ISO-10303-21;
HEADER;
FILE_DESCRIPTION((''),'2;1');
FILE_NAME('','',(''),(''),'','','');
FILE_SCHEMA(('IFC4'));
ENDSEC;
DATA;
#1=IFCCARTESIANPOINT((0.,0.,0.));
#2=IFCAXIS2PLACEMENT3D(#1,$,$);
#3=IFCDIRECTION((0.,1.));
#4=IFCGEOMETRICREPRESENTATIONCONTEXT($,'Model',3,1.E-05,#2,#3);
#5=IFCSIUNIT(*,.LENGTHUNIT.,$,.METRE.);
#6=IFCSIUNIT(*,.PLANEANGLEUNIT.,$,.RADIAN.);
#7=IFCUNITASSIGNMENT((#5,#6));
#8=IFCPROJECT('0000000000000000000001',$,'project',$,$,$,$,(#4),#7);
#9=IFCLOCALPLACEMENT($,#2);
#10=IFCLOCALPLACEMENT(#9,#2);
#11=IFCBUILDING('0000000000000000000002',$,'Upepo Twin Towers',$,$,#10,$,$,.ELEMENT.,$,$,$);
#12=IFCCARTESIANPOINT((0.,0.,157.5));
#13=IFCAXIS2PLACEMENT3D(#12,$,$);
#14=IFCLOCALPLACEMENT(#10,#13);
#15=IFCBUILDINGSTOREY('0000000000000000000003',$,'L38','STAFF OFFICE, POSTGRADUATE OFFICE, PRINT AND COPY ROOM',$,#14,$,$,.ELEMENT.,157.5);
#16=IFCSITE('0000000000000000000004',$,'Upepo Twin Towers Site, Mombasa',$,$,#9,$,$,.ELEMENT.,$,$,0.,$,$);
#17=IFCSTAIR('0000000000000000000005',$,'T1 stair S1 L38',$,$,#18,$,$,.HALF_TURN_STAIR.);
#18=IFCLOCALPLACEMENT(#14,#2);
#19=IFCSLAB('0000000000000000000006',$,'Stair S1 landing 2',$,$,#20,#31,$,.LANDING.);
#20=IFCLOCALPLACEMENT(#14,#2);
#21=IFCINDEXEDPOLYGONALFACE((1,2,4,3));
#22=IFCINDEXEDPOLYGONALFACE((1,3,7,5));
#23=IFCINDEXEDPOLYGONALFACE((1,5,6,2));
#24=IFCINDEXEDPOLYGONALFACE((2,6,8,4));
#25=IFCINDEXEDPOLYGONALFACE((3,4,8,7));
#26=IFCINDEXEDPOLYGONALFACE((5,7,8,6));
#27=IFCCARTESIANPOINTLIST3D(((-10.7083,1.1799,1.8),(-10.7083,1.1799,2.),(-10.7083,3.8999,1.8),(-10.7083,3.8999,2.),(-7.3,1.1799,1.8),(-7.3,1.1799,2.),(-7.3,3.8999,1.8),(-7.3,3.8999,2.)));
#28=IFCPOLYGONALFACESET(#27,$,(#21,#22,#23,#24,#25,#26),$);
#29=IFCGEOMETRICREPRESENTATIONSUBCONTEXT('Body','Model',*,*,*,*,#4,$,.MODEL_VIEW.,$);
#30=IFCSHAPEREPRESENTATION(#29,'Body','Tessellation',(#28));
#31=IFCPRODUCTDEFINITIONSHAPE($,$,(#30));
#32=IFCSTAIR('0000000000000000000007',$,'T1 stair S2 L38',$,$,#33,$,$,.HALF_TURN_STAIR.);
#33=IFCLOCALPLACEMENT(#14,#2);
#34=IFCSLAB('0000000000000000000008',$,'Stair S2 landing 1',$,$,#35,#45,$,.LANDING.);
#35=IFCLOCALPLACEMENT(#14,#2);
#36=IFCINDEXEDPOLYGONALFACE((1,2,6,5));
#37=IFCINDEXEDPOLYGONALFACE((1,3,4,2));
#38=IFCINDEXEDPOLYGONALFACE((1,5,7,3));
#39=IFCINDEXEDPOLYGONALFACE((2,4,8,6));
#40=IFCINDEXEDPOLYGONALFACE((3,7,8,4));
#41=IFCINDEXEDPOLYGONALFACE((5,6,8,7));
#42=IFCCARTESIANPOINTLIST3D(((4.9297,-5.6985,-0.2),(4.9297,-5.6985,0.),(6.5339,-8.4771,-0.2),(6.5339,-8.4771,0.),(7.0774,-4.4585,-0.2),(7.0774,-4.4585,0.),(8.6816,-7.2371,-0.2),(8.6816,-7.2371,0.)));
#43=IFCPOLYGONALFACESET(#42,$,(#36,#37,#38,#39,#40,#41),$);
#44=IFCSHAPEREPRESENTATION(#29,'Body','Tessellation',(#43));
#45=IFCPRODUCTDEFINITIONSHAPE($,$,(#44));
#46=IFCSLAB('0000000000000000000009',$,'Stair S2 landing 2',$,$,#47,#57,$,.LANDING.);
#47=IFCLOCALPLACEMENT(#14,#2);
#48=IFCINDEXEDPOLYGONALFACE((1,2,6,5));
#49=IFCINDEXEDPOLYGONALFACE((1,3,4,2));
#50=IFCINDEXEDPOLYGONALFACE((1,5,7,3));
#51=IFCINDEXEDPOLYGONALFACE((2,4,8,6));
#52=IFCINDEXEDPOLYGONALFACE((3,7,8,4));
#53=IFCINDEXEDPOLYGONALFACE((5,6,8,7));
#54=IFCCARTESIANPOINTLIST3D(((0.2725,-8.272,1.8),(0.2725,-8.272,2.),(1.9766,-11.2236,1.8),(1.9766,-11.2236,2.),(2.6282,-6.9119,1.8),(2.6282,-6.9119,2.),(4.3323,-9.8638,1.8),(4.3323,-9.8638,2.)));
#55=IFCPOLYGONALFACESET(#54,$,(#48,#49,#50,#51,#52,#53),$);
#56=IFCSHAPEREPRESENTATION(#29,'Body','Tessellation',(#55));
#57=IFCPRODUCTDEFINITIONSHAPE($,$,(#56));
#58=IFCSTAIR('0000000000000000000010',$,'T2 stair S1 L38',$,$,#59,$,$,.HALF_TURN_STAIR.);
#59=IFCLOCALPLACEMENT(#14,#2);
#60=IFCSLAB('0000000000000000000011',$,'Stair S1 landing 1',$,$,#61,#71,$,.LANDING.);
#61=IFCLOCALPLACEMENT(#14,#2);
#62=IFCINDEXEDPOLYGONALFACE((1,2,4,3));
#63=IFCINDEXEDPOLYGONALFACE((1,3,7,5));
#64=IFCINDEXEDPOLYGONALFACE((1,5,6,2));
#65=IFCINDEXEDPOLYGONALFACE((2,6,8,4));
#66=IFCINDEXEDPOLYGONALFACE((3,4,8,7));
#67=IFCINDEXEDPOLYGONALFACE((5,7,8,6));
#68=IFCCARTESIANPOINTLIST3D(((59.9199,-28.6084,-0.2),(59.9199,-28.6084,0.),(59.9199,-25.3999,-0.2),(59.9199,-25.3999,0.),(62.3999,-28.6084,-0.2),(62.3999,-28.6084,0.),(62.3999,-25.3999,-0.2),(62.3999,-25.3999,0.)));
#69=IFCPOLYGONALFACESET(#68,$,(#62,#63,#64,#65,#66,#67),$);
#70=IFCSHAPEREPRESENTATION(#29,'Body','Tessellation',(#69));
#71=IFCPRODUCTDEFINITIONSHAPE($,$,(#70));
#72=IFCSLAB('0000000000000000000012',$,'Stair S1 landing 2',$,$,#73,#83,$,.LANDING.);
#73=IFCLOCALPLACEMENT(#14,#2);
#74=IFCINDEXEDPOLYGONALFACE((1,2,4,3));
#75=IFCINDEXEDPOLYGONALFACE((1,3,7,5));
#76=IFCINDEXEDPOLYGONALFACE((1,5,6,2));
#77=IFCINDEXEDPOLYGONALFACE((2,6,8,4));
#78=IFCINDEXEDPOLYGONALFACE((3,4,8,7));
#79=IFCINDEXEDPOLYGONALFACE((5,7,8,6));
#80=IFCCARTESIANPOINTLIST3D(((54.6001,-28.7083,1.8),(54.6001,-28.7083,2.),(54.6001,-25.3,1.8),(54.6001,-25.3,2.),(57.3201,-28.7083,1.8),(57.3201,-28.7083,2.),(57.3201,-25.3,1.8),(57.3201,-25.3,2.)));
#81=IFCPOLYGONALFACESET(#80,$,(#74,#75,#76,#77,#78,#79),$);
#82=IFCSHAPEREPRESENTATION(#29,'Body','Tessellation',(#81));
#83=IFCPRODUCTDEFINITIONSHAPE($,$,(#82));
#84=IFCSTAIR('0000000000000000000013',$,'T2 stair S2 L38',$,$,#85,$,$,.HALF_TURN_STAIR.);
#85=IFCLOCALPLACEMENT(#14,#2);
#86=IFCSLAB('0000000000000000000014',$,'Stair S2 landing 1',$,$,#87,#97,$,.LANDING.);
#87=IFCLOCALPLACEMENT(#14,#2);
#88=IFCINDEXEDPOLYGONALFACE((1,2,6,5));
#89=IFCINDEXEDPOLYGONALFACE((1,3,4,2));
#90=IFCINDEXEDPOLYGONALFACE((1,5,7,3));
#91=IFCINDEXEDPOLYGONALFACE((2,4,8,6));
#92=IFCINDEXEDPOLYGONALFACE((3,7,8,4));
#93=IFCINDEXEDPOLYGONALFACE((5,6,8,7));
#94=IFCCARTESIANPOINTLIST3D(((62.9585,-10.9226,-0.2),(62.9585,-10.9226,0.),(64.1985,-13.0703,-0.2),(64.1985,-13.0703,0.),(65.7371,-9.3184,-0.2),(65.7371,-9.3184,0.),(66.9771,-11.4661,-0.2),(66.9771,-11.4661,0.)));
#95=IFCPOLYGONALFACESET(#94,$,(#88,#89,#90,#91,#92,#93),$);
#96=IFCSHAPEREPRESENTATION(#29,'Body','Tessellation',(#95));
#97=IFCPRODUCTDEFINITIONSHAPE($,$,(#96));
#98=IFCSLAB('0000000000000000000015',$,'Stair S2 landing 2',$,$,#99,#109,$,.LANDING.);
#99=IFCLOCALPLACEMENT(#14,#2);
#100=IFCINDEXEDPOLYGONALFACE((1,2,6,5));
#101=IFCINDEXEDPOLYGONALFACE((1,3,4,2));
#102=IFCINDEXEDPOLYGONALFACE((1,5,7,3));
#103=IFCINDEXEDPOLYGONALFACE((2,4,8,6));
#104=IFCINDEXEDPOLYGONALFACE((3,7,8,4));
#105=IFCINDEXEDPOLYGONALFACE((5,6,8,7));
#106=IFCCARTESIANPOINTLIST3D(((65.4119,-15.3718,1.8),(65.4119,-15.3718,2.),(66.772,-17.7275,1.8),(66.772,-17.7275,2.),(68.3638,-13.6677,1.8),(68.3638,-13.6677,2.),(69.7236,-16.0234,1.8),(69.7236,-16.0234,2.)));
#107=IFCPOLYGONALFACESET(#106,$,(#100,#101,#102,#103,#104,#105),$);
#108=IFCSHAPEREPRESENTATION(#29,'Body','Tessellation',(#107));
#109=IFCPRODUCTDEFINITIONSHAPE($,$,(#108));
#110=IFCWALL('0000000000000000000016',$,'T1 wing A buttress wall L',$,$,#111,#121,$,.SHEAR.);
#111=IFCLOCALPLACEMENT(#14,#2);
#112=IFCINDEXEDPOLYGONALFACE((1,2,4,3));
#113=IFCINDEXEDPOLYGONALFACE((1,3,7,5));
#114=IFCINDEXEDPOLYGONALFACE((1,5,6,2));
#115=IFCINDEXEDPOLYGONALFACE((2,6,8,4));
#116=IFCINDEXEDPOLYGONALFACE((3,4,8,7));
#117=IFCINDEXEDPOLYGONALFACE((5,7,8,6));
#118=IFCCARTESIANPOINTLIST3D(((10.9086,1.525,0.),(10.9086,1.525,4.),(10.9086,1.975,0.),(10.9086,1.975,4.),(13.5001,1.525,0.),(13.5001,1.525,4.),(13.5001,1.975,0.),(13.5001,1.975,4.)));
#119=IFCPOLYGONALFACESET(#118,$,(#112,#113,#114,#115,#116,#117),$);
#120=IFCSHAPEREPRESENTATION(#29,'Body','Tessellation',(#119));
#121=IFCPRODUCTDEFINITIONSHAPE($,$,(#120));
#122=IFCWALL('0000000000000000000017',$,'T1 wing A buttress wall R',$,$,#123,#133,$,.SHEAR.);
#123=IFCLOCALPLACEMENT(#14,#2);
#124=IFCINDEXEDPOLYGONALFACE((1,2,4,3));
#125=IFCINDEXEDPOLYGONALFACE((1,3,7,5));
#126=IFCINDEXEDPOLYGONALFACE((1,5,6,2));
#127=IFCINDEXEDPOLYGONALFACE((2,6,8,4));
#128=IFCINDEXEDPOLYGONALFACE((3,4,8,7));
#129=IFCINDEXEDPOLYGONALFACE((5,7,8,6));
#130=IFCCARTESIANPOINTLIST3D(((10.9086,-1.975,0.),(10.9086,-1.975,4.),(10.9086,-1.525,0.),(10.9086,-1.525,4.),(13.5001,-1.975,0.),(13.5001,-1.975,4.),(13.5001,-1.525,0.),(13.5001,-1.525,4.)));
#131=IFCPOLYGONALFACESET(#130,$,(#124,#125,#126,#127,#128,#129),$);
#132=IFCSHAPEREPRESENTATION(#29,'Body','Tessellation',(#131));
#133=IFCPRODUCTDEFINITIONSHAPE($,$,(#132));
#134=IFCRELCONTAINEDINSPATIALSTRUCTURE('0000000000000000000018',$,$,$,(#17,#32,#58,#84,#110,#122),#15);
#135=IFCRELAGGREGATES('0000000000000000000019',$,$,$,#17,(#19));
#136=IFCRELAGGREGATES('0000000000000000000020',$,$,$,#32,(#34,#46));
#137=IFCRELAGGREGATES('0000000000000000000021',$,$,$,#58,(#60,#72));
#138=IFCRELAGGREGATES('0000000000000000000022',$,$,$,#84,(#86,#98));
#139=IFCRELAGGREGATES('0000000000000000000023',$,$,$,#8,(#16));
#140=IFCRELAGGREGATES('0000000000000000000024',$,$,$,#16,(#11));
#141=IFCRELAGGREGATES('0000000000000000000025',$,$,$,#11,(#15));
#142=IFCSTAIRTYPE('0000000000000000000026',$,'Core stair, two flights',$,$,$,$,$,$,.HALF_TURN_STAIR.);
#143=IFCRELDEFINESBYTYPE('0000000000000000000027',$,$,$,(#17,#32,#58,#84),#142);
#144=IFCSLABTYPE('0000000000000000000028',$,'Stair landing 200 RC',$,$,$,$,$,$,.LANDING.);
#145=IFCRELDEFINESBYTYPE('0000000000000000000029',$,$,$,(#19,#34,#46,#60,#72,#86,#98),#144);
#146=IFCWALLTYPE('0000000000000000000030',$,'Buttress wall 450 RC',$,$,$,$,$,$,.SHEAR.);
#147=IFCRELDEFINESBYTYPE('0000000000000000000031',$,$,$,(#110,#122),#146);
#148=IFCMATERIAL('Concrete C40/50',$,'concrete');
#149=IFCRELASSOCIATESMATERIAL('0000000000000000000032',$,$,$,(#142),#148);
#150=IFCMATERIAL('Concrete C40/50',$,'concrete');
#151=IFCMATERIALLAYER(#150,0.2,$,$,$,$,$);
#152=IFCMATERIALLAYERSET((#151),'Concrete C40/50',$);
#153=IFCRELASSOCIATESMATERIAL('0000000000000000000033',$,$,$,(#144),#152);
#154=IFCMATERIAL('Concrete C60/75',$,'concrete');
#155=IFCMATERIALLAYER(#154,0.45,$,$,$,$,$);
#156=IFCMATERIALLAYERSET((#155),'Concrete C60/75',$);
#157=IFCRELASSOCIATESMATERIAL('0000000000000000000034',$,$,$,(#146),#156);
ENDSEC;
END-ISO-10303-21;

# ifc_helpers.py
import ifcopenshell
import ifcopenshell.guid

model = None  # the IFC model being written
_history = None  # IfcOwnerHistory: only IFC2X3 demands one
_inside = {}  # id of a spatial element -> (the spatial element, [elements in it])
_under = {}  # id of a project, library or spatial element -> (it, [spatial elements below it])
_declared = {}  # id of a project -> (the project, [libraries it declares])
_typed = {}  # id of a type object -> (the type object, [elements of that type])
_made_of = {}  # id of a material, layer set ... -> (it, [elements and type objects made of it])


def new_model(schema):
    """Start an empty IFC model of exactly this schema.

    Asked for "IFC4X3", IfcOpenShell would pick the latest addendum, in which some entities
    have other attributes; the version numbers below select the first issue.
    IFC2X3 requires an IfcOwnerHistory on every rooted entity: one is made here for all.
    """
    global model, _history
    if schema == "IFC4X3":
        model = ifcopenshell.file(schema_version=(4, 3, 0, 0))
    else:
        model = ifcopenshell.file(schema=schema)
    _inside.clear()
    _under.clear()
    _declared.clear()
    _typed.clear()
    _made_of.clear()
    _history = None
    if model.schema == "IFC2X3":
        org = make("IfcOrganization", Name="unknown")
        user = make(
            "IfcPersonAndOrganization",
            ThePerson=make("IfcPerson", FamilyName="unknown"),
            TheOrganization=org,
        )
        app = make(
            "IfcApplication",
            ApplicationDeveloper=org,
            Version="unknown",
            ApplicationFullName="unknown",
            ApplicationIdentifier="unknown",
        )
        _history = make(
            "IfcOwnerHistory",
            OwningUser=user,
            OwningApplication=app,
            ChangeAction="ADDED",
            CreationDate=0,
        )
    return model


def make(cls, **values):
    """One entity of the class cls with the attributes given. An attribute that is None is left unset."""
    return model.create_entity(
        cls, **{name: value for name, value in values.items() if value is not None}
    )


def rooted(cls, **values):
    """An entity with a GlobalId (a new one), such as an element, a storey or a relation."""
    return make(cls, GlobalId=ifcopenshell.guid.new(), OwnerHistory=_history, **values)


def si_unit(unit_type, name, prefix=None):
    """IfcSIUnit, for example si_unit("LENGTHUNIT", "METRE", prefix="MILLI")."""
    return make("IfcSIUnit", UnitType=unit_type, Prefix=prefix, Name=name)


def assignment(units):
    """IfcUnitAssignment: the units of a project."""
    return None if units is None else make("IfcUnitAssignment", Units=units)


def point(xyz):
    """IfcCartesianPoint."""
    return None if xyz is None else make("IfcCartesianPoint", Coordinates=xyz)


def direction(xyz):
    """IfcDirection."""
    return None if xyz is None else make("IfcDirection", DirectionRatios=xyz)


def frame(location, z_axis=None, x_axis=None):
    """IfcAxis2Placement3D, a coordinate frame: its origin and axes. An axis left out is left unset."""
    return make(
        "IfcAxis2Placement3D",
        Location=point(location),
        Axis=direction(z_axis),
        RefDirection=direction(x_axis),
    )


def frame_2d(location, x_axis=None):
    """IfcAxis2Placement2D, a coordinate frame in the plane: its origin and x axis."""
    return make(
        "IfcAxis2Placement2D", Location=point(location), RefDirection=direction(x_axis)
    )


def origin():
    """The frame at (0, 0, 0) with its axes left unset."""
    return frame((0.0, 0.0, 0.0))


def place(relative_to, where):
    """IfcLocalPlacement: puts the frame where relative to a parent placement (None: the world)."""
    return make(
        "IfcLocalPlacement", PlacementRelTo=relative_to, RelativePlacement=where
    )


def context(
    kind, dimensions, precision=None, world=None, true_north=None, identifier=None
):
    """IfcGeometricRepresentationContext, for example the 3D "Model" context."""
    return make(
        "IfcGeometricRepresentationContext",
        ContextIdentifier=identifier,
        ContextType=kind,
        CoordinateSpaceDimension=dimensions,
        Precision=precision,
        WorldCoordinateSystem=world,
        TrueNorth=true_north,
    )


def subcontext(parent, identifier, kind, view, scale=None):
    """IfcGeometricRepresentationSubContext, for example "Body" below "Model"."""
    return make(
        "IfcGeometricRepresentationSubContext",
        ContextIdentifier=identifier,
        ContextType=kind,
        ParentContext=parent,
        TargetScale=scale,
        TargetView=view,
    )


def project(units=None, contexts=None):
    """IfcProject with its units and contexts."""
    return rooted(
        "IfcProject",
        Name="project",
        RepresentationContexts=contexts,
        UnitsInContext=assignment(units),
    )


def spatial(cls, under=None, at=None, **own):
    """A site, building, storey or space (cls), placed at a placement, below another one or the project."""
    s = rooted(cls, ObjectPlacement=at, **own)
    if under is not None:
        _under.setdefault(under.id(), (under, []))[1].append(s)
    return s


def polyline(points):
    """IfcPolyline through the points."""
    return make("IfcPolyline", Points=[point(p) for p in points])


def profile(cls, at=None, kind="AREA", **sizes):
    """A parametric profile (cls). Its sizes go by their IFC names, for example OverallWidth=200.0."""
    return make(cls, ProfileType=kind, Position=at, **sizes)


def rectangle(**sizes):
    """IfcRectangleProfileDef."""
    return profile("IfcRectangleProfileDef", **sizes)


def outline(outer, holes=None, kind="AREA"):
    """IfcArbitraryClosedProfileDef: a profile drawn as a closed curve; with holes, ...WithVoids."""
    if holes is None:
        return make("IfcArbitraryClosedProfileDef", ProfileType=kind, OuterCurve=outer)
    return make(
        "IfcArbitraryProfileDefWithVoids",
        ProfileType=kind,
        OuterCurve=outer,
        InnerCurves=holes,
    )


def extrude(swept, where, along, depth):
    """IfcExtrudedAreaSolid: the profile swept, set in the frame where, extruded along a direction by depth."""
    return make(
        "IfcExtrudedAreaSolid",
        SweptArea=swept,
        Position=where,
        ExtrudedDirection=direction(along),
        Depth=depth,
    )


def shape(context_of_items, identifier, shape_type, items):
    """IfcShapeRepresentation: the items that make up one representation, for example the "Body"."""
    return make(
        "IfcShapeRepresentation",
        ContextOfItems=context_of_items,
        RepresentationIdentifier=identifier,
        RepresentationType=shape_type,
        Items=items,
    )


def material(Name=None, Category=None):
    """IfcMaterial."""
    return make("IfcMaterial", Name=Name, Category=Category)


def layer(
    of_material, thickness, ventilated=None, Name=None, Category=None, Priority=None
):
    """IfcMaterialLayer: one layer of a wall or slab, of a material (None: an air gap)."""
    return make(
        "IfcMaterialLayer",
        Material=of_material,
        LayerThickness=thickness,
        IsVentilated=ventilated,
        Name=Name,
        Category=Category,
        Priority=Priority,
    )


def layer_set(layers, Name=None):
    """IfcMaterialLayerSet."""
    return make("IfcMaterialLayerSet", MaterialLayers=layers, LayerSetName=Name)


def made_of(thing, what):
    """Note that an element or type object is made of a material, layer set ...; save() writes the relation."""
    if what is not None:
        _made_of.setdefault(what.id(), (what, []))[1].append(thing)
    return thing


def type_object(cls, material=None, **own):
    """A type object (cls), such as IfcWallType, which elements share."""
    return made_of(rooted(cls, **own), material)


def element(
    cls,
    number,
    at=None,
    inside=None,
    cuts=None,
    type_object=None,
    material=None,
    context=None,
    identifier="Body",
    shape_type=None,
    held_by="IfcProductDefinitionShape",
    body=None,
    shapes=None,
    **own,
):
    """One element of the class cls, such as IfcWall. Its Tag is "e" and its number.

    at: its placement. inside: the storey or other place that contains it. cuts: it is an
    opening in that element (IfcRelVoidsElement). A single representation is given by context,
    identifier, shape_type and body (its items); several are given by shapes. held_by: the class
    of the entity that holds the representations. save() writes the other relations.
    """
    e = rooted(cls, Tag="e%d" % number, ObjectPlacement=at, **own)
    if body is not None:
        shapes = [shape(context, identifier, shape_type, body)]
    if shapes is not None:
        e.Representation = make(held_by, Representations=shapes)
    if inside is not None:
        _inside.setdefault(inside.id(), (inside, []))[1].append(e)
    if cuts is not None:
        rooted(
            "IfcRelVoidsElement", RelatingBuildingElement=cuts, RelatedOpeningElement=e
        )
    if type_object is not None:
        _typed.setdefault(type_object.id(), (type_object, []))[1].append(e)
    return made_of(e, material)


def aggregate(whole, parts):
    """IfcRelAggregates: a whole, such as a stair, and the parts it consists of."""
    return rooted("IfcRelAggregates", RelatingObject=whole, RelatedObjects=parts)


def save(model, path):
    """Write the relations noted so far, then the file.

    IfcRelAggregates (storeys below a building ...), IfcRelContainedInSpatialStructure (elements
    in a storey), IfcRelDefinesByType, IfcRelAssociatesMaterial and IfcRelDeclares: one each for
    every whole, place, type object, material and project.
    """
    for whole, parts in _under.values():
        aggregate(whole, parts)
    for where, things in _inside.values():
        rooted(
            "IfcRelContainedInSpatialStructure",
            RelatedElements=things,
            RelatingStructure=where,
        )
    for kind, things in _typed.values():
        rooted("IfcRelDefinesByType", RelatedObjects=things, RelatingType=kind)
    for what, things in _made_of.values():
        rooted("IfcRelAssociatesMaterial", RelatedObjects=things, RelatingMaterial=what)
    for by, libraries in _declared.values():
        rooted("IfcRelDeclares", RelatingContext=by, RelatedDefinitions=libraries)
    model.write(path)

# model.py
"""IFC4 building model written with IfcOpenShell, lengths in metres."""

from ifc_helpers import new_model, si_unit, direction, frame, frame_2d, origin, place, context, subcontext, project, spatial, polyline, rectangle, outline, extrude, material, layer, layer_set, type_object, element, aggregate, save


model = new_model("IFC4")

# Units and contexts
model_context = context("Model", 3, precision=1e-05, world=origin(), true_north=direction((0.0, 1.0)))
body_context = subcontext(model_context, "Body", "Model", "MODEL_VIEW")
ifc_project = project(units=[si_unit("LENGTHUNIT", "METRE"), si_unit("PLANEANGLEUNIT", "RADIAN")], contexts=[model_context])

# Site, building, storey
site_placement = place(None, origin())
site = spatial("IfcSite", under=ifc_project, at=site_placement, Name="Upepo Twin Towers Site, Mombasa", CompositionType="ELEMENT", RefElevation=0.0)
building_placement = place(site_placement, origin())
building = spatial("IfcBuilding", under=site, at=building_placement, Name="Upepo Twin Towers", CompositionType="ELEMENT")
storey_placement = place(building_placement, frame((0.0, 0.0, 157.5)))
storey = spatial("IfcBuildingStorey", under=building, at=storey_placement, Name="L38", Description="STAFF OFFICE, POSTGRADUATE OFFICE, PRINT AND COPY ROOM", CompositionType="ELEMENT", Elevation=157.5)

# Stair, slab
ifc_material_1 = material(Name="Concrete C40/50", Category="concrete")
stair_type = type_object("IfcStairType", Name="Core stair, two flights", PredefinedType="HALF_TURN_STAIR", material=ifc_material_1)
stair_1_placement = place(storey_placement, origin())
stair_1 = element("IfcStair", 1, at=stair_1_placement, inside=storey, type_object=stair_type, Name="T1 stair S1 L38", PredefinedType="HALF_TURN_STAIR")
ifc_material_2 = material(Name="Concrete C40/50", Category="concrete")
ifc_layer_1 = layer(ifc_material_2, 0.2)
ifc_layer_set_1 = layer_set([ifc_layer_1], Name="Concrete C40/50")
slab_type = type_object("IfcSlabType", Name="Stair landing 200 RC", PredefinedType="LANDING", material=ifc_layer_set_1)
slab_1_placement = place(storey_placement, frame((0.0, 0.0, 1.8)))
slab_1 = element("IfcSlab", 2, at=slab_1_placement, type_object=slab_type, Name="Stair S1 landing 2", PredefinedType="LANDING", context=body_context, shape_type="SweptSolid", body=[
    extrude(outline(polyline([(-7.3, 3.8999), (-10.7083, 3.8999), (-10.7083, 1.1799), (-7.3, 1.1799), (-7.3, 3.8999)])), origin(), (0.0, 0.0, 1.0), 0.2),
])
aggregate(stair_1, [slab_1])

# Stairs, slabs
stair_2_placement = place(storey_placement, origin())
stair_2 = element("IfcStair", 3, at=stair_2_placement, inside=storey, type_object=stair_type, Name="T1 stair S2 L38", PredefinedType="HALF_TURN_STAIR")
slab_2_placement = place(storey_placement, frame((0.0, 0.0, -0.2)))
slab_2 = element("IfcSlab", 4, at=slab_2_placement, type_object=slab_type, Name="Stair S2 landing 1", PredefinedType="LANDING", context=body_context, shape_type="SweptSolid", body=[
    extrude(outline(polyline([(4.9297, -5.6985), (6.5339, -8.4771), (8.6816, -7.2371), (7.0774, -4.4585), (4.9297, -5.6985)])), origin(), (0.0, 0.0, 1.0), 0.2),
])
slab_3_placement = place(storey_placement, frame((0.0, 0.0, 1.8)))
slab_3 = element("IfcSlab", 5, at=slab_3_placement, type_object=slab_type, Name="Stair S2 landing 2", PredefinedType="LANDING", context=body_context, shape_type="SweptSolid", body=[
    extrude(outline(polyline([(0.2725, -8.272), (1.9766, -11.2236), (4.3323, -9.8638), (2.6282, -6.9119), (0.2725, -8.272)])), origin(), (0.0, 0.0, 1.0), 0.2),
])
aggregate(stair_2, [slab_2, slab_3])
stair_3_placement = place(storey_placement, origin())
stair_3 = element("IfcStair", 6, at=stair_3_placement, inside=storey, type_object=stair_type, Name="T2 stair S1 L38", PredefinedType="HALF_TURN_STAIR")
slab_4_placement = place(storey_placement, frame((0.0, 0.0, -0.2)))
slab_4 = element("IfcSlab", 7, at=slab_4_placement, type_object=slab_type, Name="Stair S1 landing 1", PredefinedType="LANDING", context=body_context, shape_type="SweptSolid", body=[
    extrude(outline(polyline([(59.9199, -25.3999), (59.9199, -28.6084), (62.3999, -28.6084), (62.3999, -25.3999), (59.9199, -25.3999)])), origin(), (0.0, 0.0, 1.0), 0.2),
])
slab_5_placement = place(storey_placement, frame((0.0, 0.0, 1.8)))
slab_5 = element("IfcSlab", 8, at=slab_5_placement, type_object=slab_type, Name="Stair S1 landing 2", PredefinedType="LANDING", context=body_context, shape_type="SweptSolid", body=[
    extrude(outline(polyline([(54.6001, -25.3), (54.6001, -28.7083), (57.3201, -28.7083), (57.3201, -25.3), (54.6001, -25.3)])), origin(), (0.0, 0.0, 1.0), 0.2),
])
aggregate(stair_3, [slab_4, slab_5])
stair_4_placement = place(storey_placement, origin())
stair_4 = element("IfcStair", 9, at=stair_4_placement, inside=storey, type_object=stair_type, Name="T2 stair S2 L38", PredefinedType="HALF_TURN_STAIR")
slab_6_placement = place(storey_placement, frame((0.0, 0.0, -0.2)))
slab_6 = element("IfcSlab", 10, at=slab_6_placement, type_object=slab_type, Name="Stair S2 landing 1", PredefinedType="LANDING", context=body_context, shape_type="SweptSolid", body=[
    extrude(outline(polyline([(64.1985, -13.0703), (66.9771, -11.4661), (65.7371, -9.3184), (62.9585, -10.9226), (64.1985, -13.0703)])), origin(), (0.0, 0.0, 1.0), 0.2),
])
slab_7_placement = place(storey_placement, frame((0.0, 0.0, 1.8)))
slab_7 = element("IfcSlab", 11, at=slab_7_placement, type_object=slab_type, Name="Stair S2 landing 2", PredefinedType="LANDING", context=body_context, shape_type="SweptSolid", body=[
    extrude(outline(polyline([(66.772, -17.7275), (69.7236, -16.0234), (68.3638, -13.6677), (65.4119, -15.3718), (66.772, -17.7275)])), origin(), (0.0, 0.0, 1.0), 0.2),
])
aggregate(stair_4, [slab_6, slab_7])

# Walls
ifc_material_3 = material(Name="Concrete C60/75", Category="concrete")
ifc_layer_2 = layer(ifc_material_3, 0.45)
ifc_layer_set_2 = layer_set([ifc_layer_2], Name="Concrete C60/75")
wall_type_1 = type_object("IfcWallType", Name="Buttress wall 450 RC", PredefinedType="SHEAR", material=ifc_layer_set_2)
for number, where, z_axis, x_axis, name in (
    (12, (10.9084, 1.75, 0.0), (0.0, 0.0, 1.0), (1.0, 0.0, 0.0), "T1 wing A buttress wall L"),
    (13, (10.9084, -1.75, 0.0), (0.0, 0.0, 1.0), (1.0, 0.0, 0.0), "T1 wing A buttress wall R"),
):
    element("IfcWall", number, at=place(storey_placement, frame(where, z_axis=z_axis, x_axis=x_axis)), inside=storey, type_object=wall_type_1, Name=name, PredefinedType="SHEAR", context=body_context, shape_type="SweptSolid", body=[
        extrude(rectangle(XDim=2.5916, YDim=0.45, at=frame_2d((1.2959, 0.0))), origin(), (0.0, 0.0, 1.0), 4.0),
    ])

save(model, "model.ifc")
